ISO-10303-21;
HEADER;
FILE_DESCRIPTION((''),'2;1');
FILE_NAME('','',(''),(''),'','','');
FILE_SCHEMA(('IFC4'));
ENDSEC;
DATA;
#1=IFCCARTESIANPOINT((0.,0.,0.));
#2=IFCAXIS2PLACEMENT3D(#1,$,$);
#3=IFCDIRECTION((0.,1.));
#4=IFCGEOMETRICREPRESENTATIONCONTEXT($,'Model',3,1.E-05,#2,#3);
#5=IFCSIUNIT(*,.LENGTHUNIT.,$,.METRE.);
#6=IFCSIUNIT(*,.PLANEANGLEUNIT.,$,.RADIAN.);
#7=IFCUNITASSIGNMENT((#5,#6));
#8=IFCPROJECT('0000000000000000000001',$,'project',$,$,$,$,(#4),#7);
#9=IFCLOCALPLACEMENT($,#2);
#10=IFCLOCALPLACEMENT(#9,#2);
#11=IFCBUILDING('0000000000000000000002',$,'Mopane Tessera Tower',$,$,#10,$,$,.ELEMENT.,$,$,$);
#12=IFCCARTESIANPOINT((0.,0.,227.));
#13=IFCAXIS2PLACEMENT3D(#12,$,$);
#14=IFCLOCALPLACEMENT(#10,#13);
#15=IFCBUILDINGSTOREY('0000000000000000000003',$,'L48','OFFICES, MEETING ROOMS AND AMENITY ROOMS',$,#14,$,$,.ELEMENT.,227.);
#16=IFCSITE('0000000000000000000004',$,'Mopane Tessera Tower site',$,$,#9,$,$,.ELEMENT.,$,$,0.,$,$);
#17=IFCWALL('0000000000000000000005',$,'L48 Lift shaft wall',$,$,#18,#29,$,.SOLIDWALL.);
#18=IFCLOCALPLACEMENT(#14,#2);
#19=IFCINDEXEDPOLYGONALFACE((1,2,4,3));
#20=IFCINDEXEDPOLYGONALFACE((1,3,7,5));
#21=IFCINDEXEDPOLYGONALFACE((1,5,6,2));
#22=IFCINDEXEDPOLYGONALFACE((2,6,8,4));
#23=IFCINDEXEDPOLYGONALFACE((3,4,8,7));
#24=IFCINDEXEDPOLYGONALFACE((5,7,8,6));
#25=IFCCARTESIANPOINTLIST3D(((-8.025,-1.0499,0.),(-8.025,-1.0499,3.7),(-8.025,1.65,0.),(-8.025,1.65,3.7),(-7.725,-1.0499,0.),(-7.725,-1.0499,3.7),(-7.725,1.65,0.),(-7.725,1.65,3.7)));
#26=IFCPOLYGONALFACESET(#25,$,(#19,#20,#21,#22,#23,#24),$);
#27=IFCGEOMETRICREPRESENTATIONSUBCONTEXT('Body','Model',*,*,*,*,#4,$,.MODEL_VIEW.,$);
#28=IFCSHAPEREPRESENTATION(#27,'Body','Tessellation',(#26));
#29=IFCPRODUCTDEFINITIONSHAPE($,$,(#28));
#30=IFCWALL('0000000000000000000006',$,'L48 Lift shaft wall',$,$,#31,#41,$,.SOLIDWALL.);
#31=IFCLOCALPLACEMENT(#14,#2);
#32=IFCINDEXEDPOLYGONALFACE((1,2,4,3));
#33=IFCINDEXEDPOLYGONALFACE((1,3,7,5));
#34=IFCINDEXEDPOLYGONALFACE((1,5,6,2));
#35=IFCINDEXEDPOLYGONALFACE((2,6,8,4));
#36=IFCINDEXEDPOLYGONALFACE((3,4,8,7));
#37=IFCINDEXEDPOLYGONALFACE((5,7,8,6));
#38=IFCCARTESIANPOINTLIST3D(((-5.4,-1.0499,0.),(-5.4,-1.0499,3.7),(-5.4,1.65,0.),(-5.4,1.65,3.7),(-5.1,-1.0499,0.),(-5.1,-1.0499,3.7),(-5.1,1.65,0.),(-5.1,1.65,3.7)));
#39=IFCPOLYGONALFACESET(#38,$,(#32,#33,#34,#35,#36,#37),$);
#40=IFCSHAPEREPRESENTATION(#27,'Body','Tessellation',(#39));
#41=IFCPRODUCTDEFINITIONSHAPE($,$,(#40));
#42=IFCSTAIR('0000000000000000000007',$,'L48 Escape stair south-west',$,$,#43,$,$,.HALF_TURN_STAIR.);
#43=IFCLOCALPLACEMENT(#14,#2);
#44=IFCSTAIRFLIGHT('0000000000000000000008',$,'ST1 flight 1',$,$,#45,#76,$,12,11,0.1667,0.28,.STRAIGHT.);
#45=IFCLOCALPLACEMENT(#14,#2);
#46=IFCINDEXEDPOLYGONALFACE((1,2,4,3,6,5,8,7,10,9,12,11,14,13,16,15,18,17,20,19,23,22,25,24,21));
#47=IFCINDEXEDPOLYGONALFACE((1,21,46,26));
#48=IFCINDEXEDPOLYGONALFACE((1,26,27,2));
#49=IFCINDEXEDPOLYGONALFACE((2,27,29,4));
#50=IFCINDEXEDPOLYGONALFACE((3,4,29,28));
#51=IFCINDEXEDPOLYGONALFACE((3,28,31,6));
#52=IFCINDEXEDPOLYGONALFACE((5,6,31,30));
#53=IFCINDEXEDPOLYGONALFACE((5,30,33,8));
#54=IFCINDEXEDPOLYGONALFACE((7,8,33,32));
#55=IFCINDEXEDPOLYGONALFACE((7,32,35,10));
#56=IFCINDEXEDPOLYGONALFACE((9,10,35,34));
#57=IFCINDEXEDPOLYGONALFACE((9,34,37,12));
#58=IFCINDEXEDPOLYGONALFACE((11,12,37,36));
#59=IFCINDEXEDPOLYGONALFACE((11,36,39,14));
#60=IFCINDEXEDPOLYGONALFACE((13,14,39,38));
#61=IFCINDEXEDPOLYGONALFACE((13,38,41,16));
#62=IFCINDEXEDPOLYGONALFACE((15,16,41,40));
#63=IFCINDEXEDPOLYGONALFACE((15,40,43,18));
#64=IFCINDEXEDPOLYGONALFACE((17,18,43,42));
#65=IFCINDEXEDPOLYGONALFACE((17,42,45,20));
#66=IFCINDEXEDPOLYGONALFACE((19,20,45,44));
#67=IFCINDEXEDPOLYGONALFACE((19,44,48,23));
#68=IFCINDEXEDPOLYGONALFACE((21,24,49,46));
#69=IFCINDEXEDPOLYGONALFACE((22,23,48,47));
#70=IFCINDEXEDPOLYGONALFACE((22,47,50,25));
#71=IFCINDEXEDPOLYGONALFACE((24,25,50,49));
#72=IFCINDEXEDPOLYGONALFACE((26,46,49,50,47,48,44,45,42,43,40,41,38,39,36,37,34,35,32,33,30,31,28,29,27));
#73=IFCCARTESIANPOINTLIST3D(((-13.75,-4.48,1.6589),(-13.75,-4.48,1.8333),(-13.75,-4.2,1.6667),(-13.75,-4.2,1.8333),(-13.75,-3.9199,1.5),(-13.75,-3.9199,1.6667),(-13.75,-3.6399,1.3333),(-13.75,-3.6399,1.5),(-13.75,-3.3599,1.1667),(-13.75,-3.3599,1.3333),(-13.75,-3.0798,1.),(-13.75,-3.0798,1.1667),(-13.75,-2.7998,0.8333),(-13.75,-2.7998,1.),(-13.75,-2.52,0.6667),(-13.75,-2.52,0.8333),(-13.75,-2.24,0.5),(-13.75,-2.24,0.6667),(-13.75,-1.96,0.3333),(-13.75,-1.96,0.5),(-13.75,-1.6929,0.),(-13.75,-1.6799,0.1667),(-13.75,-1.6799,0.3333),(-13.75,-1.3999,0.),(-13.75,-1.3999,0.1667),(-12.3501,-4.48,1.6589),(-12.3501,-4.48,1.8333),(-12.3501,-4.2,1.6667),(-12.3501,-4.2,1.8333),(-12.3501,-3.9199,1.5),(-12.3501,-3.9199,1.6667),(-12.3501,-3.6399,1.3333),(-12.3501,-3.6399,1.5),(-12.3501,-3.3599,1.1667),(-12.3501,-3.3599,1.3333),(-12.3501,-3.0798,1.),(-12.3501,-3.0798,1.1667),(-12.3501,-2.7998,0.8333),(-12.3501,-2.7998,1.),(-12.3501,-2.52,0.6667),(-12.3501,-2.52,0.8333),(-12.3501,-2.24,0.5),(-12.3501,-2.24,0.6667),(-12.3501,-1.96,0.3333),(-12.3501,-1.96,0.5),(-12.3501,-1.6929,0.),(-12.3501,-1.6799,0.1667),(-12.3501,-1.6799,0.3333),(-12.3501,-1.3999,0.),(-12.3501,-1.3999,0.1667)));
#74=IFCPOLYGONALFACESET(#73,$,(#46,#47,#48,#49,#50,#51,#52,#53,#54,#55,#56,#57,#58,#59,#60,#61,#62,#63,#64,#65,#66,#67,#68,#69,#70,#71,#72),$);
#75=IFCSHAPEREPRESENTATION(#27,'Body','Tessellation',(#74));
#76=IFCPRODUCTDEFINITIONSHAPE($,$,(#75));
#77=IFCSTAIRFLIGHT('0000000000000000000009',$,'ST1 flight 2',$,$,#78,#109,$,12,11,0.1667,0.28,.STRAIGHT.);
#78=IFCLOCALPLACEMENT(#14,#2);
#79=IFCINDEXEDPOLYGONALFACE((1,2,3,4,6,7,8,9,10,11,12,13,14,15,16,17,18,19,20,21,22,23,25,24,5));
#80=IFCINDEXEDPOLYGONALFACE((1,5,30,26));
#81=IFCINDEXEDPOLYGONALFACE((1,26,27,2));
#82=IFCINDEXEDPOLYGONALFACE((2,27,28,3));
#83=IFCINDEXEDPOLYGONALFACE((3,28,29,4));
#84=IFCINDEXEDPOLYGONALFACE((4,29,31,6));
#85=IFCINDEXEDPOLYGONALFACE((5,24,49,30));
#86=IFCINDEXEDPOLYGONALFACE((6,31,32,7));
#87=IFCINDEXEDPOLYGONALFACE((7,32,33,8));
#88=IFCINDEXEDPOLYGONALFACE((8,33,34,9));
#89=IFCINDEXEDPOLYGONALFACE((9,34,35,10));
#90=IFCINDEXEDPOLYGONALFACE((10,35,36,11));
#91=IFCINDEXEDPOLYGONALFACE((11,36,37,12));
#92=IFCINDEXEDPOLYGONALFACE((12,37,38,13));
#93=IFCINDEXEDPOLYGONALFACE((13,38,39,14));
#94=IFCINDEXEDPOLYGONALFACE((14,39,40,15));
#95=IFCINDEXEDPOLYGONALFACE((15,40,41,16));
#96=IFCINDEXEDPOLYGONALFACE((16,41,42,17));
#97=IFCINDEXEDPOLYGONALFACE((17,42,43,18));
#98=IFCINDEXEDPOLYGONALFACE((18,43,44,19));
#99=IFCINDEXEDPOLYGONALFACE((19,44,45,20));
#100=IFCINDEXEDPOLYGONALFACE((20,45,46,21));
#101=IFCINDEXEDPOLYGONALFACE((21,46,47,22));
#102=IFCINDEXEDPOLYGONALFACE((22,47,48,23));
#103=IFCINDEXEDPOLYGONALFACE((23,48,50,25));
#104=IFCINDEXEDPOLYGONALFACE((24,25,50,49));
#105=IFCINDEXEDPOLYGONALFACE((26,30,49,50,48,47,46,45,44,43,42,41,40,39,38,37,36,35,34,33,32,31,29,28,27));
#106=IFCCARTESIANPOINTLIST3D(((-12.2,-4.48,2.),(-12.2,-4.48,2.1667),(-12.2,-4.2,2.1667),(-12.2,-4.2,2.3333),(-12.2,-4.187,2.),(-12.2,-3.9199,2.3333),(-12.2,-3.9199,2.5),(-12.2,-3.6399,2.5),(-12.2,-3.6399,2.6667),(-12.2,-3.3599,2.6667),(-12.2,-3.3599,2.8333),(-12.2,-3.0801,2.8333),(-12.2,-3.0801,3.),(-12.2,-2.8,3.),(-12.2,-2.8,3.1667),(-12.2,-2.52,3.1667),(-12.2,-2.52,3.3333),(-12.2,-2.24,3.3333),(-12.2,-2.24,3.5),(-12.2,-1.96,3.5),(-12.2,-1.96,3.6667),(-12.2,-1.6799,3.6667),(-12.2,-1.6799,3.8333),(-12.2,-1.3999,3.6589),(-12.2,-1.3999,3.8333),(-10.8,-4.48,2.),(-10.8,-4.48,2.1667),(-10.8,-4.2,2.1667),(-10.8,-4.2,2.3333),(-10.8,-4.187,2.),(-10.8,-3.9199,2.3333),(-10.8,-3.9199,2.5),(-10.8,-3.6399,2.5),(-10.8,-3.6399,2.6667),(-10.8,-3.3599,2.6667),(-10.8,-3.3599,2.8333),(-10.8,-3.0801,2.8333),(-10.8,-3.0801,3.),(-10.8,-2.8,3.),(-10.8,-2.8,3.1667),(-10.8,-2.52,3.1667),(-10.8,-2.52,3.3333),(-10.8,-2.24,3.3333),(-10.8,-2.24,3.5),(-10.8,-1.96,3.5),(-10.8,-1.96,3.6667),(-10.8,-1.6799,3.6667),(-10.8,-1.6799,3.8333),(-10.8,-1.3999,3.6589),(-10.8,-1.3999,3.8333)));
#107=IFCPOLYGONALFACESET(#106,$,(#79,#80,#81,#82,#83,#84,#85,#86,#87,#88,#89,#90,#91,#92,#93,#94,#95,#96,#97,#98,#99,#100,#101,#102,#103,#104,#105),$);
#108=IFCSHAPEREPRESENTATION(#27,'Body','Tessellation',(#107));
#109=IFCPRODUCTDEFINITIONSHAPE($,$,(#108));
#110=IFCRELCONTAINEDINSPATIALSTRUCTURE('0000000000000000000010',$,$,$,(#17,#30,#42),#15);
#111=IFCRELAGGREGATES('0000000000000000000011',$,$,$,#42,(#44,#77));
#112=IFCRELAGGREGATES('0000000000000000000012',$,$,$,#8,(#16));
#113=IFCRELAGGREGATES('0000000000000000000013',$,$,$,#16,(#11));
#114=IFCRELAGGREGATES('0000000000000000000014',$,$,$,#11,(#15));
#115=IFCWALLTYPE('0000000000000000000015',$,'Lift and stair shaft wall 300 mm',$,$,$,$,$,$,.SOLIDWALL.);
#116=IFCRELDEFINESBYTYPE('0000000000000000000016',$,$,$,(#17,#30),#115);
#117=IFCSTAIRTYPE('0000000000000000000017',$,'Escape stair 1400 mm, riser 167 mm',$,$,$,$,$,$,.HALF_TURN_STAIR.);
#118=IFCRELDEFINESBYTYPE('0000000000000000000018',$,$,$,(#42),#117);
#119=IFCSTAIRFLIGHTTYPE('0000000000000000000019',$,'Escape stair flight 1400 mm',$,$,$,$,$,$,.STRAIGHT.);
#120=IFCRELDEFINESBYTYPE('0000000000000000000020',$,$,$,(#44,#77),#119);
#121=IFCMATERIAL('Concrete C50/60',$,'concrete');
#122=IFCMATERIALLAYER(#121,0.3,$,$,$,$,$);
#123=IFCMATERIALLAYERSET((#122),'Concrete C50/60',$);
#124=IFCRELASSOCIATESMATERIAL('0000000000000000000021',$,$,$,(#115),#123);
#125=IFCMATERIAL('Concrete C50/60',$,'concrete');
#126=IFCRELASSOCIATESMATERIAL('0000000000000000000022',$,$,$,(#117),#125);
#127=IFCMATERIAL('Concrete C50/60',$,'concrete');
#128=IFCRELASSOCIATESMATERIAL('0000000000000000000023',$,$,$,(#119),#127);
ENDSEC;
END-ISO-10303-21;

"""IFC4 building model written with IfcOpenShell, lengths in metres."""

from ifc_helpers import new_model, si_unit, direction, frame, frame_2d, origin, place, context, subcontext, project, spatial, polyline, rectangle, outline, extrude, material, layer, layer_set, type_object, element, aggregate, save


model = new_model("IFC4")

# Units and contexts
model_context = context("Model", 3, precision=1e-05, world=origin(), true_north=direction((0.0, 1.0)))
body_context = subcontext(model_context, "Body", "Model", "MODEL_VIEW")
ifc_project = project(units=[si_unit("LENGTHUNIT", "METRE"), si_unit("PLANEANGLEUNIT", "RADIAN")], contexts=[model_context])

# Site, building, storey
site_placement = place(None, origin())
site = spatial("IfcSite", under=ifc_project, at=site_placement, Name="Mopane Tessera Tower site", CompositionType="ELEMENT", RefElevation=0.0)
building_placement = place(site_placement, origin())
building = spatial("IfcBuilding", under=site, at=building_placement, Name="Mopane Tessera Tower", CompositionType="ELEMENT")
storey_placement = place(building_placement, frame((0.0, 0.0, 227.0)))
storey = spatial("IfcBuildingStorey", under=building, at=storey_placement, Name="L48", Description="OFFICES, MEETING ROOMS AND AMENITY ROOMS", CompositionType="ELEMENT", Elevation=227.0)

# Walls
ifc_material_1 = material(Name="Concrete C50/60", Category="concrete")
ifc_layer_1 = layer(ifc_material_1, 0.3)
ifc_layer_set_1 = layer_set([ifc_layer_1], Name="Concrete C50/60")
wall_type_1 = type_object("IfcWallType", Name="Lift and stair shaft wall 300 mm", PredefinedType="SOLIDWALL", material=ifc_layer_set_1)
for number, where, z_axis, x_axis, name in (
    (1, (-7.875, -1.05, 0.0), (0.0, 0.0, 1.0), (0.0, 1.0, 0.0), "L48 Lift shaft wall"),
    (2, (-5.25, -1.05, 0.0), (0.0, 0.0, 1.0), (0.0, 1.0, 0.0), "L48 Lift shaft wall"),
):
    element("IfcWall", number, at=place(storey_placement, frame(where, z_axis=z_axis, x_axis=x_axis)), inside=storey, type_object=wall_type_1, Name=name, PredefinedType="SOLIDWALL", context=body_context, shape_type="SweptSolid", body=[
        extrude(rectangle(XDim=2.7, YDim=0.3, at=frame_2d((1.3501, 0.0))), origin(), (0.0, 0.0, 1.0), 3.7),
    ])

# Stair, stair flights
ifc_material_2 = material(Name="Concrete C50/60", Category="concrete")
stair_type = type_object("IfcStairType", Name="Escape stair 1400 mm, riser 167 mm", PredefinedType="HALF_TURN_STAIR", material=ifc_material_2)
stair_placement = place(storey_placement, origin())
stair = element("IfcStair", 3, at=stair_placement, inside=storey, type_object=stair_type, Name="L48 Escape stair south-west", PredefinedType="HALF_TURN_STAIR")
ifc_material_3 = material(Name="Concrete C50/60", Category="concrete")
stair_flight_type = type_object("IfcStairFlightType", Name="Escape stair flight 1400 mm", PredefinedType="STRAIGHT", material=ifc_material_3)
stair_flight_1_placement = place(storey_placement, frame((-13.05, -1.3999, 0.0), z_axis=(0.0, 0.0, 1.0), x_axis=(0.0, -1.0, 0.0)))
stair_flight_1 = element("IfcStairFlight", 4, at=stair_flight_1_placement, type_object=stair_flight_type, Name="ST1 flight 1", NumberOfRisers=12, NumberOfTreads=11, PredefinedType="STRAIGHT", RiserHeight=0.1667, TreadLength=0.28, context=body_context, shape_type="SweptSolid", body=[
    extrude(outline(polyline([(0.0, 0.0), (0.0, 0.1667), (0.28, 0.1667), (0.28, 0.3333), (0.5601, 0.3333), (0.5601, 0.5), (0.8401, 0.5), (0.8401, 0.6667), (1.1201, 0.6667), (1.1201, 0.8333), (1.3999, 0.8333), (1.3999, 1.0), (1.6799, 1.0), (1.6799, 1.1667), (1.96, 1.1667), (1.96, 1.3333), (2.24, 1.3333), (2.24, 1.5), (2.52, 1.5), (2.52, 1.6667), (2.8, 1.6667), (2.8, 1.8333), (3.0801, 1.8333), (3.0801, 2.0), (3.0801, 1.6589), (0.293, 0.0), (0.0, 0.0)])), frame((0.0, 0.7, 0.0), z_axis=(0.0, -1.0, 0.0), x_axis=(1.0, 0.0, 0.0)), (0.0, 0.0, 1.0), 1.3999),
])
stair_flight_2_placement = place(storey_placement, frame((-11.5, -4.48, 2.0), z_axis=(0.0, 0.0, 1.0), x_axis=(0.0, 1.0, 0.0)))
stair_flight_2 = element("IfcStairFlight", 5, at=stair_flight_2_placement, type_object=stair_flight_type, Name="ST1 flight 2", NumberOfRisers=12, NumberOfTreads=11, PredefinedType="STRAIGHT", RiserHeight=0.1667, TreadLength=0.28, context=body_context, shape_type="SweptSolid", body=[
    extrude(outline(polyline([(0.0, 0.0), (0.0, 0.1667), (0.28, 0.1667), (0.28, 0.3333), (0.5601, 0.3333), (0.5601, 0.5), (0.8401, 0.5), (0.8401, 0.6667), (1.1201, 0.6667), (1.1201, 0.8333), (1.3999, 0.8333), (1.3999, 1.0), (1.6799, 1.0), (1.6799, 1.1667), (1.96, 1.1667), (1.96, 1.3333), (2.24, 1.3333), (2.24, 1.5), (2.52, 1.5), (2.52, 1.6667), (2.8, 1.6667), (2.8, 1.8333), (3.0801, 1.8333), (3.0801, 2.0), (3.0801, 1.6589), (0.293, 0.0), (0.0, 0.0)])), frame((0.0, 0.7, 0.0), z_axis=(0.0, -1.0, 0.0), x_axis=(1.0, 0.0, 0.0)), (0.0, 0.0, 1.0), 1.3999),
])
aggregate(stair, [stair_flight_1, stair_flight_2])

save(model, "model.ifc")
